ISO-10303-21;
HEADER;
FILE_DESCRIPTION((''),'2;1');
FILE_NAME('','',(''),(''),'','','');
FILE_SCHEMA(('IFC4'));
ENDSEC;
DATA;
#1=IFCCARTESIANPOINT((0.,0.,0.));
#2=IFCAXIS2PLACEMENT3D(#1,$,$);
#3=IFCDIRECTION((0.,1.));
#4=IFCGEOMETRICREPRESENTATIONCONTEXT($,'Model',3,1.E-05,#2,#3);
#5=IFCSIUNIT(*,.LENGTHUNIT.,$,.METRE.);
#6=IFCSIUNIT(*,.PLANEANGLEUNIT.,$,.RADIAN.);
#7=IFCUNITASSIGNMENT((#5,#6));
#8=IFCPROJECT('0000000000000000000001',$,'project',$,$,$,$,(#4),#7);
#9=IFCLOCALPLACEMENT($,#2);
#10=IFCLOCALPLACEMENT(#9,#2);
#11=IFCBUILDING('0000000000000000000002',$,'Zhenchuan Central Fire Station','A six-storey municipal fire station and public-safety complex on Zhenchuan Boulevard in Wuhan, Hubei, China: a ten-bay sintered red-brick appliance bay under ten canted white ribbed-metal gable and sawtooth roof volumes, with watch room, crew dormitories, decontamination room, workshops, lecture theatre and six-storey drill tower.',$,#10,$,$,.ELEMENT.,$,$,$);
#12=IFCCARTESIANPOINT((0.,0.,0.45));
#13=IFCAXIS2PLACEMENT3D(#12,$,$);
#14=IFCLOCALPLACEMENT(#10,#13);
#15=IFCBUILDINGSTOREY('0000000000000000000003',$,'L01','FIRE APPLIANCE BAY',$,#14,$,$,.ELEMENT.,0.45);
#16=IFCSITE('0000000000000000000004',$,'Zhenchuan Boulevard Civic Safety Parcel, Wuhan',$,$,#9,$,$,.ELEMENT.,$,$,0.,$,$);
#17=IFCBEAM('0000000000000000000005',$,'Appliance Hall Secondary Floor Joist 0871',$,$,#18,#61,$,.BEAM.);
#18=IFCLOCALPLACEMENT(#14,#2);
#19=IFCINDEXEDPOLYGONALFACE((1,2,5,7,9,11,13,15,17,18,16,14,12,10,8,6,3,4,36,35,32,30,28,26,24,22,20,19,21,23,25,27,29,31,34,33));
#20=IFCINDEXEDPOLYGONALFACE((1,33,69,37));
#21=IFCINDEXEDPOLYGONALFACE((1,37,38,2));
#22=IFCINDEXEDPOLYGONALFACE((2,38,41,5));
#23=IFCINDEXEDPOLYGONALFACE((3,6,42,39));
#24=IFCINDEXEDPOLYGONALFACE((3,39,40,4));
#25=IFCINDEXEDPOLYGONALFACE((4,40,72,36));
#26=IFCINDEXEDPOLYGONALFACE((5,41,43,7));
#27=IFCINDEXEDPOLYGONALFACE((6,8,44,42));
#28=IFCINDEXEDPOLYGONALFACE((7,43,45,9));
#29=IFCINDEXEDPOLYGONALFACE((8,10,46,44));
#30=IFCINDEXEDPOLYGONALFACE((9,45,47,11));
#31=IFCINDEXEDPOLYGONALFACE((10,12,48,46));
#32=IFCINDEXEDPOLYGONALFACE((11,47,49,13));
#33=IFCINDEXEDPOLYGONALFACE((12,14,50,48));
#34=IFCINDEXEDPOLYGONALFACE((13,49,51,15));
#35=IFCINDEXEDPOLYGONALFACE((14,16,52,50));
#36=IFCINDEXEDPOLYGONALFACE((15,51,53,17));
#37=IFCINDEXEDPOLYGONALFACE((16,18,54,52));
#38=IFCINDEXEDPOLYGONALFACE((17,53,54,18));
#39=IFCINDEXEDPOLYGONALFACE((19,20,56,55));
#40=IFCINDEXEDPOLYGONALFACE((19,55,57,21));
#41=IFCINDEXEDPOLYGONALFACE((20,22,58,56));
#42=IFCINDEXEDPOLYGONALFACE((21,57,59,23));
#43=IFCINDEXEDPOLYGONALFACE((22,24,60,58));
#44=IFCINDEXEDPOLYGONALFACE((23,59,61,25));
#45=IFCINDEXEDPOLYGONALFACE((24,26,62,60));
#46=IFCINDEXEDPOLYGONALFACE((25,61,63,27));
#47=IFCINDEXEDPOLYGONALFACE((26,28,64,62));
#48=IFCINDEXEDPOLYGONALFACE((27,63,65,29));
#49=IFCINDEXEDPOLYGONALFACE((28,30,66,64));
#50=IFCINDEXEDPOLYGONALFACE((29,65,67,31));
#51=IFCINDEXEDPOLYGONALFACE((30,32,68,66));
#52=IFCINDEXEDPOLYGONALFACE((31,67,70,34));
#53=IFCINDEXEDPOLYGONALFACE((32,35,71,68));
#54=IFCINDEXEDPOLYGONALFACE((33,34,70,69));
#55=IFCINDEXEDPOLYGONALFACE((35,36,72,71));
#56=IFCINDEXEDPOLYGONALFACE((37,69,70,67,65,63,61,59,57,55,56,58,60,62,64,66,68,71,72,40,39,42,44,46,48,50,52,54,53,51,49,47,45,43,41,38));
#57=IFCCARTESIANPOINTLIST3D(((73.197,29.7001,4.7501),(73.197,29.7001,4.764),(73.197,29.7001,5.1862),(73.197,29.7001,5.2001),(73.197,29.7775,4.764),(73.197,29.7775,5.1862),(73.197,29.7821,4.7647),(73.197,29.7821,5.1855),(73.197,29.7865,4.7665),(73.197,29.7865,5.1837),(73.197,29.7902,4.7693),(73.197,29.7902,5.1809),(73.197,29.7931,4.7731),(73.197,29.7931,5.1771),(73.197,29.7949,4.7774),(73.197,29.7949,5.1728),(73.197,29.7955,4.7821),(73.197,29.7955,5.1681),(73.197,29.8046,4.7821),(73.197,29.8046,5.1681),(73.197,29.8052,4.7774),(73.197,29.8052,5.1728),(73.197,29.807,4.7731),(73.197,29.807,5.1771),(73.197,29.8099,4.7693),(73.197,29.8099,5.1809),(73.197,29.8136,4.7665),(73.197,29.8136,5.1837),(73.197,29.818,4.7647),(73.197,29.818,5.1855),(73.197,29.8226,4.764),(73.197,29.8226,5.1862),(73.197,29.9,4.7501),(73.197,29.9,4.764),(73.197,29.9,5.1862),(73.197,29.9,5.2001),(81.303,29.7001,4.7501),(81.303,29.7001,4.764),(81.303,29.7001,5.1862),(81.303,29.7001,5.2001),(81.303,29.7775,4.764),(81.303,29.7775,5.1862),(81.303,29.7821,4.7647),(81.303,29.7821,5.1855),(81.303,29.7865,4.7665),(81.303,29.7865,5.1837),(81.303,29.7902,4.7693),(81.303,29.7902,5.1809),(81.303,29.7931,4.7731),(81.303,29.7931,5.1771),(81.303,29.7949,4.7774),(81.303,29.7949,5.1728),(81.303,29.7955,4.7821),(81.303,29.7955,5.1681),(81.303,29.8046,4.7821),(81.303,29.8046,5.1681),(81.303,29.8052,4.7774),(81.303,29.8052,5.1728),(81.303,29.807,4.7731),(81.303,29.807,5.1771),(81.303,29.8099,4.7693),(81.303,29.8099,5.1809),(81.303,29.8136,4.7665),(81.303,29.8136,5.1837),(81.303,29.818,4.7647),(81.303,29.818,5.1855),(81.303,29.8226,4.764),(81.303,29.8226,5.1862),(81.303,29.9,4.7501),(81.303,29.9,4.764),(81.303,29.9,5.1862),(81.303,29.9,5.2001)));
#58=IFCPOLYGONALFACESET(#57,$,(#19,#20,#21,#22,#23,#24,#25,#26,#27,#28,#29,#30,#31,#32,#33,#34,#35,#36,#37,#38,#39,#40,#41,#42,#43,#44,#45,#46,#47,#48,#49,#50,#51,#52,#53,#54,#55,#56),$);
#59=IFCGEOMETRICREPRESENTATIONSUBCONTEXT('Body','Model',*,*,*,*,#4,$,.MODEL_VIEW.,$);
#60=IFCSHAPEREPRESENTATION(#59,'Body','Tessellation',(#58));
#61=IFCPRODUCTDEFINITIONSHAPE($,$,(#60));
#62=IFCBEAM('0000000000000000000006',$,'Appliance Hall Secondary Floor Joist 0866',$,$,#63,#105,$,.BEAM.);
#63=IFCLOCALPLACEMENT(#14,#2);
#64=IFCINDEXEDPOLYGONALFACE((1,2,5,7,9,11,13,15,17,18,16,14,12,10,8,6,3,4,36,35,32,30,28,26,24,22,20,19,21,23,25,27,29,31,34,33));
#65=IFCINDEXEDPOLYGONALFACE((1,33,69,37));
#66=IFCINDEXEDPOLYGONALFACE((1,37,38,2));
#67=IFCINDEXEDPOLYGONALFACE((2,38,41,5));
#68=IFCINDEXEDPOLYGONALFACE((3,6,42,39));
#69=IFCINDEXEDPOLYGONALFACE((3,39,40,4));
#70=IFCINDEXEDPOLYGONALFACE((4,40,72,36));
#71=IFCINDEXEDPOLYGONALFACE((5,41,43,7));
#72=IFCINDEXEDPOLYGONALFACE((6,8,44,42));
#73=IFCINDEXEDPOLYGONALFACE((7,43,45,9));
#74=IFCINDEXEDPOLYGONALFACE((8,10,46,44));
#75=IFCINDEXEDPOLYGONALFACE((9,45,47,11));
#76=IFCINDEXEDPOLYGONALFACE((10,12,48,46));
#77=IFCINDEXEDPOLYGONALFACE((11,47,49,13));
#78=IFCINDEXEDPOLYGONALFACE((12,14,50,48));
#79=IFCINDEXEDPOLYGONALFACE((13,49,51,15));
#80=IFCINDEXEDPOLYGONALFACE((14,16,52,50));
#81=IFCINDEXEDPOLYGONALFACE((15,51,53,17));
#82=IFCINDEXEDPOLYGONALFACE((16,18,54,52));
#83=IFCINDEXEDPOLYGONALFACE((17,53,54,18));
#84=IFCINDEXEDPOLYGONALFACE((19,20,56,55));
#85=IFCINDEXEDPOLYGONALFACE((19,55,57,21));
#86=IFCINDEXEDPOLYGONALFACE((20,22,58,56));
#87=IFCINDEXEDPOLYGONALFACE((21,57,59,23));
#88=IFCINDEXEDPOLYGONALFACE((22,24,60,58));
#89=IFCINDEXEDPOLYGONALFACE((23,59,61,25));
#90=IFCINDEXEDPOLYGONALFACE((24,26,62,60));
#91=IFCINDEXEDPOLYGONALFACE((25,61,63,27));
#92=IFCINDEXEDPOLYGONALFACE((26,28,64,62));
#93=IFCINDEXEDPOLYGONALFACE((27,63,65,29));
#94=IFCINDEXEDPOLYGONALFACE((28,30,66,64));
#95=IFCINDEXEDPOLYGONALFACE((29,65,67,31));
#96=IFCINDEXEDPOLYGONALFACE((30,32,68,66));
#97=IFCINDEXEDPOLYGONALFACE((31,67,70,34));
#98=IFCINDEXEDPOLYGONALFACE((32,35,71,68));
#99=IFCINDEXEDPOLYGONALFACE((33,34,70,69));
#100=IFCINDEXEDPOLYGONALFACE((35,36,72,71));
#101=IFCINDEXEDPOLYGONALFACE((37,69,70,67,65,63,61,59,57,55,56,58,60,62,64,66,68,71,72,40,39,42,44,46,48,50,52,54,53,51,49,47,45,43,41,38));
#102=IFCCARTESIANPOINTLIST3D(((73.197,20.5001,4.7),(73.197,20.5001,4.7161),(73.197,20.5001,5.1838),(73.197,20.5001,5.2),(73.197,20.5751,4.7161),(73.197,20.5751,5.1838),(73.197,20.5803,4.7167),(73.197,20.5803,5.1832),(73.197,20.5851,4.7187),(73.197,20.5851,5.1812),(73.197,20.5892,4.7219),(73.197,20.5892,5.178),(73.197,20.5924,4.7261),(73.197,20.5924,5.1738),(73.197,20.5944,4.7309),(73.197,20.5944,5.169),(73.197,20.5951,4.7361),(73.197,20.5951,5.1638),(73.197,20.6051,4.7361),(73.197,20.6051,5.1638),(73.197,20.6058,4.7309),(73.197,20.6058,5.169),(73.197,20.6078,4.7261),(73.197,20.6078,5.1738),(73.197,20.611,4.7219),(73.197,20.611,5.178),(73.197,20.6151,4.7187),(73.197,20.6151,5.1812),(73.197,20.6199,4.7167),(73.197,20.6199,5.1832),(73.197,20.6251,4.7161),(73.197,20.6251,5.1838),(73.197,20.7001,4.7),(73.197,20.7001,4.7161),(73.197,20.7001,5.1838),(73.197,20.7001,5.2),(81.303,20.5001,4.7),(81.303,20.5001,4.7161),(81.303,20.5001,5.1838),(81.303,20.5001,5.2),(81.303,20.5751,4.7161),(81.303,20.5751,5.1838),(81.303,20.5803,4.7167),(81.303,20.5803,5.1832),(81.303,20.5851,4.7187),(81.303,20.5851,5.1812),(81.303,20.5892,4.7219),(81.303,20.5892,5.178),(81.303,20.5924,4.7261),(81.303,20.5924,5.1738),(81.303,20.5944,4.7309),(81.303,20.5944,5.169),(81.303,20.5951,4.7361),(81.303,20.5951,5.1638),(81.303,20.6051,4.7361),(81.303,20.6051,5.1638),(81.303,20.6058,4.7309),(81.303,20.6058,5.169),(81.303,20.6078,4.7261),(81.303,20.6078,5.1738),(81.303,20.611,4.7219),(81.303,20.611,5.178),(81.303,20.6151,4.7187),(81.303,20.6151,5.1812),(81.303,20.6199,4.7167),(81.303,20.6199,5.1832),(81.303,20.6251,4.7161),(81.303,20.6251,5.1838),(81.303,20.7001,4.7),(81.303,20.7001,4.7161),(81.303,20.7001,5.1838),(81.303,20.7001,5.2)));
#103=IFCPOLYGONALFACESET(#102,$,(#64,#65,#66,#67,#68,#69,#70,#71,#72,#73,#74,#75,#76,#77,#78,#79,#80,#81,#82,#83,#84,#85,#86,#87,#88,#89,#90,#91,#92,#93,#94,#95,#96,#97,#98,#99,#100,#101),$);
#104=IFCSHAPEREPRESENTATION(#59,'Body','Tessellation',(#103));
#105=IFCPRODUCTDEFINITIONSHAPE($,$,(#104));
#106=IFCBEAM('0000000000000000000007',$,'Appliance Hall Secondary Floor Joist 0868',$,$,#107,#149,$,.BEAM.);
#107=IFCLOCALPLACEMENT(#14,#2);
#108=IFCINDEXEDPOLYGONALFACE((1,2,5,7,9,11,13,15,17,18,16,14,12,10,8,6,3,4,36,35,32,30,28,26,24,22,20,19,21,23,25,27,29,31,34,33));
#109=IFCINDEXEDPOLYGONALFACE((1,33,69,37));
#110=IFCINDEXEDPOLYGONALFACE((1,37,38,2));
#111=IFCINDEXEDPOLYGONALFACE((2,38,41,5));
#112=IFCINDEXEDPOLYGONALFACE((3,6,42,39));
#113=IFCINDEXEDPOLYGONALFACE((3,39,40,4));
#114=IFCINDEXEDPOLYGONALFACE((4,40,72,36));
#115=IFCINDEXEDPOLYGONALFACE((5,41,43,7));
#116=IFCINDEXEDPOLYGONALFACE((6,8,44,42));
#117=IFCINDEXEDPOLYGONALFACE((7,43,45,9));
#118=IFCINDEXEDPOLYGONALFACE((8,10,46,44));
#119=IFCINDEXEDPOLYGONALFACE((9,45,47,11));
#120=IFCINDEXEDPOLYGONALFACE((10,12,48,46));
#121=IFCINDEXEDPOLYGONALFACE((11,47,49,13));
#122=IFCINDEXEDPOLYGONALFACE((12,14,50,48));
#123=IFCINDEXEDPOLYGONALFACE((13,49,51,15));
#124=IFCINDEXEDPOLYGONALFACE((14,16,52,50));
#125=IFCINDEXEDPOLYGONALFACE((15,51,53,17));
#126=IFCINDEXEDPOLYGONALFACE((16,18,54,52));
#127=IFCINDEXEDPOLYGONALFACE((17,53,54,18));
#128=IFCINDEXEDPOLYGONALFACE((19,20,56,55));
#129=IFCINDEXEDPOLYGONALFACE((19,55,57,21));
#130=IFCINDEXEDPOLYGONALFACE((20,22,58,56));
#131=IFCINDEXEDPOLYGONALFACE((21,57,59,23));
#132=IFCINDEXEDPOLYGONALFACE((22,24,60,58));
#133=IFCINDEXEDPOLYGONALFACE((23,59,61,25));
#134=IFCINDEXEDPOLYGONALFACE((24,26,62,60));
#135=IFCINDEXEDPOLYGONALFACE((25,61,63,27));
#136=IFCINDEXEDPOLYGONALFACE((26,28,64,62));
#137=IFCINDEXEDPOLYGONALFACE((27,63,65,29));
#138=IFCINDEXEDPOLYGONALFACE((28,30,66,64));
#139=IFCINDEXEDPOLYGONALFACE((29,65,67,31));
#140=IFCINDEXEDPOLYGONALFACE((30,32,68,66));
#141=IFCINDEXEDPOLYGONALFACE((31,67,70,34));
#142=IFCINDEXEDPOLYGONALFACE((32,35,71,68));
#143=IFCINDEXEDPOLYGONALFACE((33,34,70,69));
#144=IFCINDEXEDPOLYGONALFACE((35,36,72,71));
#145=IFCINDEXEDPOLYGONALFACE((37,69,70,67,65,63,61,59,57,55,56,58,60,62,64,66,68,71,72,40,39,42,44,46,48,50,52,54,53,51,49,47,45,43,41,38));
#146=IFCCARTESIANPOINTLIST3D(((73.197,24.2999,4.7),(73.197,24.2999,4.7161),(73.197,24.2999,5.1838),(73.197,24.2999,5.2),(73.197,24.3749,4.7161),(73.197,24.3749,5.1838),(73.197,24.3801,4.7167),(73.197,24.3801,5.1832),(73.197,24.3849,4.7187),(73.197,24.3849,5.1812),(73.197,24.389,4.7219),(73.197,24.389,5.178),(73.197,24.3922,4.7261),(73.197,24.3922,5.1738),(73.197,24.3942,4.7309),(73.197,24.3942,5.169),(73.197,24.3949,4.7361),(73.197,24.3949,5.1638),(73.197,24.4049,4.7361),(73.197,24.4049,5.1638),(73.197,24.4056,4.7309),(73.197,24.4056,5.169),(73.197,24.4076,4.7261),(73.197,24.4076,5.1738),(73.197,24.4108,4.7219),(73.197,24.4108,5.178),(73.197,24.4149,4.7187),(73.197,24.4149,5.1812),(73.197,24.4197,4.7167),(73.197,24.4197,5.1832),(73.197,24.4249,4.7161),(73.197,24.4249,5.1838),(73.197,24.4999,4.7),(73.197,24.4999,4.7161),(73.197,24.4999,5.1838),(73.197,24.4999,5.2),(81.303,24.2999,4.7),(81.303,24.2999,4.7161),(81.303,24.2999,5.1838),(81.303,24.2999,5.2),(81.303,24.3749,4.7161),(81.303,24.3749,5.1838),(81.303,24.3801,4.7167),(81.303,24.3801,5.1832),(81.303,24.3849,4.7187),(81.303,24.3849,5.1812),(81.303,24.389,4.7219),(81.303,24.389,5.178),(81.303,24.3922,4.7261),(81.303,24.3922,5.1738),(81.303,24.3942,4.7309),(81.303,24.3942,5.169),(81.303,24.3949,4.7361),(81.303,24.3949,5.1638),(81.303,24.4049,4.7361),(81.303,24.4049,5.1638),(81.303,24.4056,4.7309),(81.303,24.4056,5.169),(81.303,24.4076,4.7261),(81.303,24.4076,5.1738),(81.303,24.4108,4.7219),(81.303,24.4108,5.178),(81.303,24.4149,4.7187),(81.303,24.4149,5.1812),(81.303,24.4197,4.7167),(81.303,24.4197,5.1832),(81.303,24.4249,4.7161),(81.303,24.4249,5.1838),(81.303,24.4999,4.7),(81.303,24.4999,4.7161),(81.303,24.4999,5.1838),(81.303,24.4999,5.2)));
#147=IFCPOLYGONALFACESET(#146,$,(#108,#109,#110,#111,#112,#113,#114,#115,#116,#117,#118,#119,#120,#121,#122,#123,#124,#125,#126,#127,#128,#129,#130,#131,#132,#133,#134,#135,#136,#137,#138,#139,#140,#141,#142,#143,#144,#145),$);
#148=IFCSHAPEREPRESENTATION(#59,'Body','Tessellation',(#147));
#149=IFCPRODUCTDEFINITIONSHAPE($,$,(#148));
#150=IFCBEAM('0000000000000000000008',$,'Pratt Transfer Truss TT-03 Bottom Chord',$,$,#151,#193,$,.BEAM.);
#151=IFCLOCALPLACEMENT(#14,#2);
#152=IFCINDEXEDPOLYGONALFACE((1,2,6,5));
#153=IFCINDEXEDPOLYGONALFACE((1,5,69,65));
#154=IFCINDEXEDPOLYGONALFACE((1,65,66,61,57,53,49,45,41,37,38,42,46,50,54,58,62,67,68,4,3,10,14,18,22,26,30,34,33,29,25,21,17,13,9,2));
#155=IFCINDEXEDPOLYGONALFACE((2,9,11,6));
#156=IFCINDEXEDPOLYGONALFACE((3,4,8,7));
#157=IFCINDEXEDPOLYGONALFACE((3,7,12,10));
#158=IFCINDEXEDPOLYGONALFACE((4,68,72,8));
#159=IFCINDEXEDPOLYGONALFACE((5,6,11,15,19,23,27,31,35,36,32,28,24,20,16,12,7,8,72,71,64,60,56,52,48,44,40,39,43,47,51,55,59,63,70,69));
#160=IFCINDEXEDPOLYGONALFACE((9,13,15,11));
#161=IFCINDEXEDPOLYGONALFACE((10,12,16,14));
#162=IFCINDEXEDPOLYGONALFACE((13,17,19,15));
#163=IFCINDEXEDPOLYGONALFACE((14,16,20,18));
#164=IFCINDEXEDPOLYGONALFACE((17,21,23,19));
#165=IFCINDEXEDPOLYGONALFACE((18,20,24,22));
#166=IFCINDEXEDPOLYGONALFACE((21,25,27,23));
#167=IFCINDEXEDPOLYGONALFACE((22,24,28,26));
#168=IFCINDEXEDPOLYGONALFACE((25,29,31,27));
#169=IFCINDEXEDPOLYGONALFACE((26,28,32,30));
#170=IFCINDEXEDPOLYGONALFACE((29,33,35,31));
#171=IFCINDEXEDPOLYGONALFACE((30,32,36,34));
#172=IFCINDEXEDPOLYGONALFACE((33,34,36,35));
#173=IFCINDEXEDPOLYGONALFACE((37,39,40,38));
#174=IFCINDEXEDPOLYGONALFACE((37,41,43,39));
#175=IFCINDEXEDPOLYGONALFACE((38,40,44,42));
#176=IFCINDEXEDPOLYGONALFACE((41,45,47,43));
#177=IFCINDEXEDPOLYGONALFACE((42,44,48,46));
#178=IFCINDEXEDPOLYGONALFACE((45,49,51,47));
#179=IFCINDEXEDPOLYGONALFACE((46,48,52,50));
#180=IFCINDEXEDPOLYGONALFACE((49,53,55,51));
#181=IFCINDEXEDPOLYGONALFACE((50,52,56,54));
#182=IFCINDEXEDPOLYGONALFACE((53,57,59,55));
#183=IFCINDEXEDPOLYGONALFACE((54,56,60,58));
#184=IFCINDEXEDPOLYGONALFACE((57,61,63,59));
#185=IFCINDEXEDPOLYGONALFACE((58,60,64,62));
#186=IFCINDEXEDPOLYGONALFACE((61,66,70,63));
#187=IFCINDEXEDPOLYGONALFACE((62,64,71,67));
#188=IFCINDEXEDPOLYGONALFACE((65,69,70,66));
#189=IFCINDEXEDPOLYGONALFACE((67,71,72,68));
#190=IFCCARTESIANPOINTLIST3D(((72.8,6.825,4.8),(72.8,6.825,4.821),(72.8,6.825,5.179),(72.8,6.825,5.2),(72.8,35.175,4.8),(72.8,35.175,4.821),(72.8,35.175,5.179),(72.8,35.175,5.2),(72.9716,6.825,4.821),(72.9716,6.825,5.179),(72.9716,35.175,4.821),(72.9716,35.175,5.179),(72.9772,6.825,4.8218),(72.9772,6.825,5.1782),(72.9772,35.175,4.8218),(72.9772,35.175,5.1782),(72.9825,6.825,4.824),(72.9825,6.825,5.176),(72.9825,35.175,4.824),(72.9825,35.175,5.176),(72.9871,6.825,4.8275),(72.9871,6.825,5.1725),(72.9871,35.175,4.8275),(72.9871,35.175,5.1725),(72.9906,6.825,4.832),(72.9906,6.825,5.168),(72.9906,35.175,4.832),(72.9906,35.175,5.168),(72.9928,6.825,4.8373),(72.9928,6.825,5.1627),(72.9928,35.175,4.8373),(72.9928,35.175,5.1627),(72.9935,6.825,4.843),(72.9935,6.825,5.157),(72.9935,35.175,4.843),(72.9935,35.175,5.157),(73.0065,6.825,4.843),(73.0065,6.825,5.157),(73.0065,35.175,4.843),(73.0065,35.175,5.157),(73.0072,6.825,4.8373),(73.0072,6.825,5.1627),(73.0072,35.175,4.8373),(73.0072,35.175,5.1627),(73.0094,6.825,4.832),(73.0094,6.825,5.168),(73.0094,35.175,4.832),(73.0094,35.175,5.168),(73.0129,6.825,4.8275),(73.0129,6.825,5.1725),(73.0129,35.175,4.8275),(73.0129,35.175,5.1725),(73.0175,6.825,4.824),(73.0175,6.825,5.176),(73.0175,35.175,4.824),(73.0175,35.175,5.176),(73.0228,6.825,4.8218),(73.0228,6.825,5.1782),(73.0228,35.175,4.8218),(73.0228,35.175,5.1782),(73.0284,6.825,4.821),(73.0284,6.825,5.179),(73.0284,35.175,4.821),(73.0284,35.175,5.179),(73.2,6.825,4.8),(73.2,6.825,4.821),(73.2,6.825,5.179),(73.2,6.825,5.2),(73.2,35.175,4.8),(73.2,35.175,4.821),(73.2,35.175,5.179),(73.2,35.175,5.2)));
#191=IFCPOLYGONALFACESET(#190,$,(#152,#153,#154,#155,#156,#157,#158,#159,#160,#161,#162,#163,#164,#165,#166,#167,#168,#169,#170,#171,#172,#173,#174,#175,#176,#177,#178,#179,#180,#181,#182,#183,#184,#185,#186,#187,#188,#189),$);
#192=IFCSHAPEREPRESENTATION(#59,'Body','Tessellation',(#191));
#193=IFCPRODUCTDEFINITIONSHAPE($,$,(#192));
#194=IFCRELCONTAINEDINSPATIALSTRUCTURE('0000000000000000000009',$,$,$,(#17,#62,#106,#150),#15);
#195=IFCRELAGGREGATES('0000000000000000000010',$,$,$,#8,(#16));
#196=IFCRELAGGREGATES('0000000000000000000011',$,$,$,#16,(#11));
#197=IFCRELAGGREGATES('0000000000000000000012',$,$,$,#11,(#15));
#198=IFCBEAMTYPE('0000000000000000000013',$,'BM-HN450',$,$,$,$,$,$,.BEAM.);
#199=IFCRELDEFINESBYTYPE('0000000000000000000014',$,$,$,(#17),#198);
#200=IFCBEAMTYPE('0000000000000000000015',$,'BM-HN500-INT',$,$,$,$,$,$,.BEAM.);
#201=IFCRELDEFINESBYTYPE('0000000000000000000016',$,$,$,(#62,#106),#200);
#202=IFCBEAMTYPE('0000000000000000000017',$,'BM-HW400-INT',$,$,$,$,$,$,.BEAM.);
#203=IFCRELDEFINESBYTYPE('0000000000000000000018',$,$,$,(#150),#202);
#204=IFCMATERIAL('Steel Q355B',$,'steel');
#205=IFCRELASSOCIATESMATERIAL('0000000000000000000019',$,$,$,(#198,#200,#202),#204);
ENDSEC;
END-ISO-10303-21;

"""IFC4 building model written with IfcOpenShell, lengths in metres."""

from ifc_helpers import new_model, si_unit, direction, frame, origin, origin_2d, place, context, subcontext, project, spatial, i_section, extrude, material, material_profile, profile_set, type_object, element, save


model = new_model("IFC4")

# Units and contexts
model_context = context("Model", 3, precision=1e-05, world=origin(), true_north=direction((0.0, 1.0)))
body_context = subcontext(model_context, "Body", "Model", "MODEL_VIEW")
ifc_project = project(units=[si_unit("LENGTHUNIT", "METRE"), si_unit("PLANEANGLEUNIT", "RADIAN")], contexts=[model_context])

# Site, building, storey
site_placement = place(None, origin())
site = spatial("IfcSite", under=ifc_project, at=site_placement, Name="Zhenchuan Boulevard Civic Safety Parcel, Wuhan", CompositionType="ELEMENT", RefElevation=0.0)
building_placement = place(site_placement, origin())
building = spatial("IfcBuilding", under=site, at=building_placement, Name="Zhenchuan Central Fire Station", Description="A six-storey municipal fire station and public-safety complex on Zhenchuan Boulevard in Wuhan, Hubei, China: a ten-bay sintered red-brick appliance bay under ten canted white ribbed-metal gable and sawtooth roof volumes, with watch room, crew dormitories, decontamination room, workshops, lecture theatre and six-storey drill tower.", CompositionType="ELEMENT")
storey_placement = place(building_placement, frame((0.0, 0.0, 0.45)))
storey = spatial("IfcBuildingStorey", under=building, at=storey_placement, Name="L01", Description="FIRE APPLIANCE BAY", CompositionType="ELEMENT", Elevation=0.45)

# Shared definitions
ifc_material_1 = material(Name="Steel Q355B", Category="steel")

# Beams
ifc_material_profile_1 = material_profile(ifc_material_1, i_section(OverallWidth=0.2, OverallDepth=0.45, WebThickness=0.009, FlangeThickness=0.0139, FilletRadius=0.0181, at=origin_2d()), Name="HN 450x200")
ifc_profile_set_1 = profile_set([ifc_material_profile_1], Name="Steel Q355B")
beam_type_1 = type_object("IfcBeamType", Name="BM-HN450", PredefinedType="BEAM", material=ifc_profile_set_1)
for number, where, z_axis, x_axis, name in (
    (1, (73.197, 29.8, 4.9751), (1.0, 0.0, 0.0), (0.0, 1.0, 0.0), "Appliance Hall Secondary Floor Joist 0871"),
):
    element("IfcBeam", number, at=place(storey_placement, frame(where, z_axis=z_axis, x_axis=x_axis)), inside=storey, type_object=beam_type_1, Name=name, PredefinedType="BEAM", context=body_context, shape_type="SweptSolid", body=[
        extrude(i_section(OverallWidth=0.2, OverallDepth=0.45, WebThickness=0.009, FlangeThickness=0.0139, FilletRadius=0.0181, at=origin_2d()), origin(), (0.0, 0.0, 1.0), 8.106),
    ])
ifc_material_profile_2 = material_profile(ifc_material_1, i_section(OverallWidth=0.2, OverallDepth=0.5, WebThickness=0.01, FlangeThickness=0.0161, FilletRadius=0.02, at=origin_2d()), Name="HN 500x200")
ifc_profile_set_2 = profile_set([ifc_material_profile_2], Name="Steel Q355B")
beam_type_2 = type_object("IfcBeamType", Name="BM-HN500-INT", PredefinedType="BEAM", material=ifc_profile_set_2)
for number, where, z_axis, x_axis, name in (
    (2, (73.197, 20.6001, 4.95), (1.0, 0.0, 0.0), (0.0, 1.0, 0.0), "Appliance Hall Secondary Floor Joist 0866"),
    (3, (73.197, 24.3999, 4.95), (1.0, 0.0, 0.0), (0.0, 1.0, 0.0), "Appliance Hall Secondary Floor Joist 0868"),
):
    element("IfcBeam", number, at=place(storey_placement, frame(where, z_axis=z_axis, x_axis=x_axis)), inside=storey, type_object=beam_type_2, Name=name, PredefinedType="BEAM", context=body_context, shape_type="SweptSolid", body=[
        extrude(i_section(OverallWidth=0.2, OverallDepth=0.5, WebThickness=0.01, FlangeThickness=0.0161, FilletRadius=0.02, at=origin_2d()), origin(), (0.0, 0.0, 1.0), 8.106),
    ])
ifc_material_profile_3 = material_profile(ifc_material_1, i_section(OverallWidth=0.3999, OverallDepth=0.3999, WebThickness=0.0129, FlangeThickness=0.021, FilletRadius=0.022, at=origin_2d()), Name="HW 400x400")
ifc_profile_set_3 = profile_set([ifc_material_profile_3], Name="Steel Q355B")
beam_type_3 = type_object("IfcBeamType", Name="BM-HW400-INT", PredefinedType="BEAM", material=ifc_profile_set_3)
beam_placement = place(storey_placement, frame((73.0, 6.825, 5.0), z_axis=(0.0, 1.0, 0.0), x_axis=(-1.0, 0.0, 0.0)))
element("IfcBeam", 4, at=beam_placement, inside=storey, type_object=beam_type_3, Name="Pratt Transfer Truss TT-03 Bottom Chord", PredefinedType="BEAM", context=body_context, shape_type="SweptSolid", body=[
    extrude(i_section(OverallWidth=0.3999, OverallDepth=0.3999, WebThickness=0.0129, FlangeThickness=0.021, FilletRadius=0.022, at=origin_2d()), origin(), (0.0, 0.0, 1.0), 28.3501),
])

save(model, "model.ifc")
